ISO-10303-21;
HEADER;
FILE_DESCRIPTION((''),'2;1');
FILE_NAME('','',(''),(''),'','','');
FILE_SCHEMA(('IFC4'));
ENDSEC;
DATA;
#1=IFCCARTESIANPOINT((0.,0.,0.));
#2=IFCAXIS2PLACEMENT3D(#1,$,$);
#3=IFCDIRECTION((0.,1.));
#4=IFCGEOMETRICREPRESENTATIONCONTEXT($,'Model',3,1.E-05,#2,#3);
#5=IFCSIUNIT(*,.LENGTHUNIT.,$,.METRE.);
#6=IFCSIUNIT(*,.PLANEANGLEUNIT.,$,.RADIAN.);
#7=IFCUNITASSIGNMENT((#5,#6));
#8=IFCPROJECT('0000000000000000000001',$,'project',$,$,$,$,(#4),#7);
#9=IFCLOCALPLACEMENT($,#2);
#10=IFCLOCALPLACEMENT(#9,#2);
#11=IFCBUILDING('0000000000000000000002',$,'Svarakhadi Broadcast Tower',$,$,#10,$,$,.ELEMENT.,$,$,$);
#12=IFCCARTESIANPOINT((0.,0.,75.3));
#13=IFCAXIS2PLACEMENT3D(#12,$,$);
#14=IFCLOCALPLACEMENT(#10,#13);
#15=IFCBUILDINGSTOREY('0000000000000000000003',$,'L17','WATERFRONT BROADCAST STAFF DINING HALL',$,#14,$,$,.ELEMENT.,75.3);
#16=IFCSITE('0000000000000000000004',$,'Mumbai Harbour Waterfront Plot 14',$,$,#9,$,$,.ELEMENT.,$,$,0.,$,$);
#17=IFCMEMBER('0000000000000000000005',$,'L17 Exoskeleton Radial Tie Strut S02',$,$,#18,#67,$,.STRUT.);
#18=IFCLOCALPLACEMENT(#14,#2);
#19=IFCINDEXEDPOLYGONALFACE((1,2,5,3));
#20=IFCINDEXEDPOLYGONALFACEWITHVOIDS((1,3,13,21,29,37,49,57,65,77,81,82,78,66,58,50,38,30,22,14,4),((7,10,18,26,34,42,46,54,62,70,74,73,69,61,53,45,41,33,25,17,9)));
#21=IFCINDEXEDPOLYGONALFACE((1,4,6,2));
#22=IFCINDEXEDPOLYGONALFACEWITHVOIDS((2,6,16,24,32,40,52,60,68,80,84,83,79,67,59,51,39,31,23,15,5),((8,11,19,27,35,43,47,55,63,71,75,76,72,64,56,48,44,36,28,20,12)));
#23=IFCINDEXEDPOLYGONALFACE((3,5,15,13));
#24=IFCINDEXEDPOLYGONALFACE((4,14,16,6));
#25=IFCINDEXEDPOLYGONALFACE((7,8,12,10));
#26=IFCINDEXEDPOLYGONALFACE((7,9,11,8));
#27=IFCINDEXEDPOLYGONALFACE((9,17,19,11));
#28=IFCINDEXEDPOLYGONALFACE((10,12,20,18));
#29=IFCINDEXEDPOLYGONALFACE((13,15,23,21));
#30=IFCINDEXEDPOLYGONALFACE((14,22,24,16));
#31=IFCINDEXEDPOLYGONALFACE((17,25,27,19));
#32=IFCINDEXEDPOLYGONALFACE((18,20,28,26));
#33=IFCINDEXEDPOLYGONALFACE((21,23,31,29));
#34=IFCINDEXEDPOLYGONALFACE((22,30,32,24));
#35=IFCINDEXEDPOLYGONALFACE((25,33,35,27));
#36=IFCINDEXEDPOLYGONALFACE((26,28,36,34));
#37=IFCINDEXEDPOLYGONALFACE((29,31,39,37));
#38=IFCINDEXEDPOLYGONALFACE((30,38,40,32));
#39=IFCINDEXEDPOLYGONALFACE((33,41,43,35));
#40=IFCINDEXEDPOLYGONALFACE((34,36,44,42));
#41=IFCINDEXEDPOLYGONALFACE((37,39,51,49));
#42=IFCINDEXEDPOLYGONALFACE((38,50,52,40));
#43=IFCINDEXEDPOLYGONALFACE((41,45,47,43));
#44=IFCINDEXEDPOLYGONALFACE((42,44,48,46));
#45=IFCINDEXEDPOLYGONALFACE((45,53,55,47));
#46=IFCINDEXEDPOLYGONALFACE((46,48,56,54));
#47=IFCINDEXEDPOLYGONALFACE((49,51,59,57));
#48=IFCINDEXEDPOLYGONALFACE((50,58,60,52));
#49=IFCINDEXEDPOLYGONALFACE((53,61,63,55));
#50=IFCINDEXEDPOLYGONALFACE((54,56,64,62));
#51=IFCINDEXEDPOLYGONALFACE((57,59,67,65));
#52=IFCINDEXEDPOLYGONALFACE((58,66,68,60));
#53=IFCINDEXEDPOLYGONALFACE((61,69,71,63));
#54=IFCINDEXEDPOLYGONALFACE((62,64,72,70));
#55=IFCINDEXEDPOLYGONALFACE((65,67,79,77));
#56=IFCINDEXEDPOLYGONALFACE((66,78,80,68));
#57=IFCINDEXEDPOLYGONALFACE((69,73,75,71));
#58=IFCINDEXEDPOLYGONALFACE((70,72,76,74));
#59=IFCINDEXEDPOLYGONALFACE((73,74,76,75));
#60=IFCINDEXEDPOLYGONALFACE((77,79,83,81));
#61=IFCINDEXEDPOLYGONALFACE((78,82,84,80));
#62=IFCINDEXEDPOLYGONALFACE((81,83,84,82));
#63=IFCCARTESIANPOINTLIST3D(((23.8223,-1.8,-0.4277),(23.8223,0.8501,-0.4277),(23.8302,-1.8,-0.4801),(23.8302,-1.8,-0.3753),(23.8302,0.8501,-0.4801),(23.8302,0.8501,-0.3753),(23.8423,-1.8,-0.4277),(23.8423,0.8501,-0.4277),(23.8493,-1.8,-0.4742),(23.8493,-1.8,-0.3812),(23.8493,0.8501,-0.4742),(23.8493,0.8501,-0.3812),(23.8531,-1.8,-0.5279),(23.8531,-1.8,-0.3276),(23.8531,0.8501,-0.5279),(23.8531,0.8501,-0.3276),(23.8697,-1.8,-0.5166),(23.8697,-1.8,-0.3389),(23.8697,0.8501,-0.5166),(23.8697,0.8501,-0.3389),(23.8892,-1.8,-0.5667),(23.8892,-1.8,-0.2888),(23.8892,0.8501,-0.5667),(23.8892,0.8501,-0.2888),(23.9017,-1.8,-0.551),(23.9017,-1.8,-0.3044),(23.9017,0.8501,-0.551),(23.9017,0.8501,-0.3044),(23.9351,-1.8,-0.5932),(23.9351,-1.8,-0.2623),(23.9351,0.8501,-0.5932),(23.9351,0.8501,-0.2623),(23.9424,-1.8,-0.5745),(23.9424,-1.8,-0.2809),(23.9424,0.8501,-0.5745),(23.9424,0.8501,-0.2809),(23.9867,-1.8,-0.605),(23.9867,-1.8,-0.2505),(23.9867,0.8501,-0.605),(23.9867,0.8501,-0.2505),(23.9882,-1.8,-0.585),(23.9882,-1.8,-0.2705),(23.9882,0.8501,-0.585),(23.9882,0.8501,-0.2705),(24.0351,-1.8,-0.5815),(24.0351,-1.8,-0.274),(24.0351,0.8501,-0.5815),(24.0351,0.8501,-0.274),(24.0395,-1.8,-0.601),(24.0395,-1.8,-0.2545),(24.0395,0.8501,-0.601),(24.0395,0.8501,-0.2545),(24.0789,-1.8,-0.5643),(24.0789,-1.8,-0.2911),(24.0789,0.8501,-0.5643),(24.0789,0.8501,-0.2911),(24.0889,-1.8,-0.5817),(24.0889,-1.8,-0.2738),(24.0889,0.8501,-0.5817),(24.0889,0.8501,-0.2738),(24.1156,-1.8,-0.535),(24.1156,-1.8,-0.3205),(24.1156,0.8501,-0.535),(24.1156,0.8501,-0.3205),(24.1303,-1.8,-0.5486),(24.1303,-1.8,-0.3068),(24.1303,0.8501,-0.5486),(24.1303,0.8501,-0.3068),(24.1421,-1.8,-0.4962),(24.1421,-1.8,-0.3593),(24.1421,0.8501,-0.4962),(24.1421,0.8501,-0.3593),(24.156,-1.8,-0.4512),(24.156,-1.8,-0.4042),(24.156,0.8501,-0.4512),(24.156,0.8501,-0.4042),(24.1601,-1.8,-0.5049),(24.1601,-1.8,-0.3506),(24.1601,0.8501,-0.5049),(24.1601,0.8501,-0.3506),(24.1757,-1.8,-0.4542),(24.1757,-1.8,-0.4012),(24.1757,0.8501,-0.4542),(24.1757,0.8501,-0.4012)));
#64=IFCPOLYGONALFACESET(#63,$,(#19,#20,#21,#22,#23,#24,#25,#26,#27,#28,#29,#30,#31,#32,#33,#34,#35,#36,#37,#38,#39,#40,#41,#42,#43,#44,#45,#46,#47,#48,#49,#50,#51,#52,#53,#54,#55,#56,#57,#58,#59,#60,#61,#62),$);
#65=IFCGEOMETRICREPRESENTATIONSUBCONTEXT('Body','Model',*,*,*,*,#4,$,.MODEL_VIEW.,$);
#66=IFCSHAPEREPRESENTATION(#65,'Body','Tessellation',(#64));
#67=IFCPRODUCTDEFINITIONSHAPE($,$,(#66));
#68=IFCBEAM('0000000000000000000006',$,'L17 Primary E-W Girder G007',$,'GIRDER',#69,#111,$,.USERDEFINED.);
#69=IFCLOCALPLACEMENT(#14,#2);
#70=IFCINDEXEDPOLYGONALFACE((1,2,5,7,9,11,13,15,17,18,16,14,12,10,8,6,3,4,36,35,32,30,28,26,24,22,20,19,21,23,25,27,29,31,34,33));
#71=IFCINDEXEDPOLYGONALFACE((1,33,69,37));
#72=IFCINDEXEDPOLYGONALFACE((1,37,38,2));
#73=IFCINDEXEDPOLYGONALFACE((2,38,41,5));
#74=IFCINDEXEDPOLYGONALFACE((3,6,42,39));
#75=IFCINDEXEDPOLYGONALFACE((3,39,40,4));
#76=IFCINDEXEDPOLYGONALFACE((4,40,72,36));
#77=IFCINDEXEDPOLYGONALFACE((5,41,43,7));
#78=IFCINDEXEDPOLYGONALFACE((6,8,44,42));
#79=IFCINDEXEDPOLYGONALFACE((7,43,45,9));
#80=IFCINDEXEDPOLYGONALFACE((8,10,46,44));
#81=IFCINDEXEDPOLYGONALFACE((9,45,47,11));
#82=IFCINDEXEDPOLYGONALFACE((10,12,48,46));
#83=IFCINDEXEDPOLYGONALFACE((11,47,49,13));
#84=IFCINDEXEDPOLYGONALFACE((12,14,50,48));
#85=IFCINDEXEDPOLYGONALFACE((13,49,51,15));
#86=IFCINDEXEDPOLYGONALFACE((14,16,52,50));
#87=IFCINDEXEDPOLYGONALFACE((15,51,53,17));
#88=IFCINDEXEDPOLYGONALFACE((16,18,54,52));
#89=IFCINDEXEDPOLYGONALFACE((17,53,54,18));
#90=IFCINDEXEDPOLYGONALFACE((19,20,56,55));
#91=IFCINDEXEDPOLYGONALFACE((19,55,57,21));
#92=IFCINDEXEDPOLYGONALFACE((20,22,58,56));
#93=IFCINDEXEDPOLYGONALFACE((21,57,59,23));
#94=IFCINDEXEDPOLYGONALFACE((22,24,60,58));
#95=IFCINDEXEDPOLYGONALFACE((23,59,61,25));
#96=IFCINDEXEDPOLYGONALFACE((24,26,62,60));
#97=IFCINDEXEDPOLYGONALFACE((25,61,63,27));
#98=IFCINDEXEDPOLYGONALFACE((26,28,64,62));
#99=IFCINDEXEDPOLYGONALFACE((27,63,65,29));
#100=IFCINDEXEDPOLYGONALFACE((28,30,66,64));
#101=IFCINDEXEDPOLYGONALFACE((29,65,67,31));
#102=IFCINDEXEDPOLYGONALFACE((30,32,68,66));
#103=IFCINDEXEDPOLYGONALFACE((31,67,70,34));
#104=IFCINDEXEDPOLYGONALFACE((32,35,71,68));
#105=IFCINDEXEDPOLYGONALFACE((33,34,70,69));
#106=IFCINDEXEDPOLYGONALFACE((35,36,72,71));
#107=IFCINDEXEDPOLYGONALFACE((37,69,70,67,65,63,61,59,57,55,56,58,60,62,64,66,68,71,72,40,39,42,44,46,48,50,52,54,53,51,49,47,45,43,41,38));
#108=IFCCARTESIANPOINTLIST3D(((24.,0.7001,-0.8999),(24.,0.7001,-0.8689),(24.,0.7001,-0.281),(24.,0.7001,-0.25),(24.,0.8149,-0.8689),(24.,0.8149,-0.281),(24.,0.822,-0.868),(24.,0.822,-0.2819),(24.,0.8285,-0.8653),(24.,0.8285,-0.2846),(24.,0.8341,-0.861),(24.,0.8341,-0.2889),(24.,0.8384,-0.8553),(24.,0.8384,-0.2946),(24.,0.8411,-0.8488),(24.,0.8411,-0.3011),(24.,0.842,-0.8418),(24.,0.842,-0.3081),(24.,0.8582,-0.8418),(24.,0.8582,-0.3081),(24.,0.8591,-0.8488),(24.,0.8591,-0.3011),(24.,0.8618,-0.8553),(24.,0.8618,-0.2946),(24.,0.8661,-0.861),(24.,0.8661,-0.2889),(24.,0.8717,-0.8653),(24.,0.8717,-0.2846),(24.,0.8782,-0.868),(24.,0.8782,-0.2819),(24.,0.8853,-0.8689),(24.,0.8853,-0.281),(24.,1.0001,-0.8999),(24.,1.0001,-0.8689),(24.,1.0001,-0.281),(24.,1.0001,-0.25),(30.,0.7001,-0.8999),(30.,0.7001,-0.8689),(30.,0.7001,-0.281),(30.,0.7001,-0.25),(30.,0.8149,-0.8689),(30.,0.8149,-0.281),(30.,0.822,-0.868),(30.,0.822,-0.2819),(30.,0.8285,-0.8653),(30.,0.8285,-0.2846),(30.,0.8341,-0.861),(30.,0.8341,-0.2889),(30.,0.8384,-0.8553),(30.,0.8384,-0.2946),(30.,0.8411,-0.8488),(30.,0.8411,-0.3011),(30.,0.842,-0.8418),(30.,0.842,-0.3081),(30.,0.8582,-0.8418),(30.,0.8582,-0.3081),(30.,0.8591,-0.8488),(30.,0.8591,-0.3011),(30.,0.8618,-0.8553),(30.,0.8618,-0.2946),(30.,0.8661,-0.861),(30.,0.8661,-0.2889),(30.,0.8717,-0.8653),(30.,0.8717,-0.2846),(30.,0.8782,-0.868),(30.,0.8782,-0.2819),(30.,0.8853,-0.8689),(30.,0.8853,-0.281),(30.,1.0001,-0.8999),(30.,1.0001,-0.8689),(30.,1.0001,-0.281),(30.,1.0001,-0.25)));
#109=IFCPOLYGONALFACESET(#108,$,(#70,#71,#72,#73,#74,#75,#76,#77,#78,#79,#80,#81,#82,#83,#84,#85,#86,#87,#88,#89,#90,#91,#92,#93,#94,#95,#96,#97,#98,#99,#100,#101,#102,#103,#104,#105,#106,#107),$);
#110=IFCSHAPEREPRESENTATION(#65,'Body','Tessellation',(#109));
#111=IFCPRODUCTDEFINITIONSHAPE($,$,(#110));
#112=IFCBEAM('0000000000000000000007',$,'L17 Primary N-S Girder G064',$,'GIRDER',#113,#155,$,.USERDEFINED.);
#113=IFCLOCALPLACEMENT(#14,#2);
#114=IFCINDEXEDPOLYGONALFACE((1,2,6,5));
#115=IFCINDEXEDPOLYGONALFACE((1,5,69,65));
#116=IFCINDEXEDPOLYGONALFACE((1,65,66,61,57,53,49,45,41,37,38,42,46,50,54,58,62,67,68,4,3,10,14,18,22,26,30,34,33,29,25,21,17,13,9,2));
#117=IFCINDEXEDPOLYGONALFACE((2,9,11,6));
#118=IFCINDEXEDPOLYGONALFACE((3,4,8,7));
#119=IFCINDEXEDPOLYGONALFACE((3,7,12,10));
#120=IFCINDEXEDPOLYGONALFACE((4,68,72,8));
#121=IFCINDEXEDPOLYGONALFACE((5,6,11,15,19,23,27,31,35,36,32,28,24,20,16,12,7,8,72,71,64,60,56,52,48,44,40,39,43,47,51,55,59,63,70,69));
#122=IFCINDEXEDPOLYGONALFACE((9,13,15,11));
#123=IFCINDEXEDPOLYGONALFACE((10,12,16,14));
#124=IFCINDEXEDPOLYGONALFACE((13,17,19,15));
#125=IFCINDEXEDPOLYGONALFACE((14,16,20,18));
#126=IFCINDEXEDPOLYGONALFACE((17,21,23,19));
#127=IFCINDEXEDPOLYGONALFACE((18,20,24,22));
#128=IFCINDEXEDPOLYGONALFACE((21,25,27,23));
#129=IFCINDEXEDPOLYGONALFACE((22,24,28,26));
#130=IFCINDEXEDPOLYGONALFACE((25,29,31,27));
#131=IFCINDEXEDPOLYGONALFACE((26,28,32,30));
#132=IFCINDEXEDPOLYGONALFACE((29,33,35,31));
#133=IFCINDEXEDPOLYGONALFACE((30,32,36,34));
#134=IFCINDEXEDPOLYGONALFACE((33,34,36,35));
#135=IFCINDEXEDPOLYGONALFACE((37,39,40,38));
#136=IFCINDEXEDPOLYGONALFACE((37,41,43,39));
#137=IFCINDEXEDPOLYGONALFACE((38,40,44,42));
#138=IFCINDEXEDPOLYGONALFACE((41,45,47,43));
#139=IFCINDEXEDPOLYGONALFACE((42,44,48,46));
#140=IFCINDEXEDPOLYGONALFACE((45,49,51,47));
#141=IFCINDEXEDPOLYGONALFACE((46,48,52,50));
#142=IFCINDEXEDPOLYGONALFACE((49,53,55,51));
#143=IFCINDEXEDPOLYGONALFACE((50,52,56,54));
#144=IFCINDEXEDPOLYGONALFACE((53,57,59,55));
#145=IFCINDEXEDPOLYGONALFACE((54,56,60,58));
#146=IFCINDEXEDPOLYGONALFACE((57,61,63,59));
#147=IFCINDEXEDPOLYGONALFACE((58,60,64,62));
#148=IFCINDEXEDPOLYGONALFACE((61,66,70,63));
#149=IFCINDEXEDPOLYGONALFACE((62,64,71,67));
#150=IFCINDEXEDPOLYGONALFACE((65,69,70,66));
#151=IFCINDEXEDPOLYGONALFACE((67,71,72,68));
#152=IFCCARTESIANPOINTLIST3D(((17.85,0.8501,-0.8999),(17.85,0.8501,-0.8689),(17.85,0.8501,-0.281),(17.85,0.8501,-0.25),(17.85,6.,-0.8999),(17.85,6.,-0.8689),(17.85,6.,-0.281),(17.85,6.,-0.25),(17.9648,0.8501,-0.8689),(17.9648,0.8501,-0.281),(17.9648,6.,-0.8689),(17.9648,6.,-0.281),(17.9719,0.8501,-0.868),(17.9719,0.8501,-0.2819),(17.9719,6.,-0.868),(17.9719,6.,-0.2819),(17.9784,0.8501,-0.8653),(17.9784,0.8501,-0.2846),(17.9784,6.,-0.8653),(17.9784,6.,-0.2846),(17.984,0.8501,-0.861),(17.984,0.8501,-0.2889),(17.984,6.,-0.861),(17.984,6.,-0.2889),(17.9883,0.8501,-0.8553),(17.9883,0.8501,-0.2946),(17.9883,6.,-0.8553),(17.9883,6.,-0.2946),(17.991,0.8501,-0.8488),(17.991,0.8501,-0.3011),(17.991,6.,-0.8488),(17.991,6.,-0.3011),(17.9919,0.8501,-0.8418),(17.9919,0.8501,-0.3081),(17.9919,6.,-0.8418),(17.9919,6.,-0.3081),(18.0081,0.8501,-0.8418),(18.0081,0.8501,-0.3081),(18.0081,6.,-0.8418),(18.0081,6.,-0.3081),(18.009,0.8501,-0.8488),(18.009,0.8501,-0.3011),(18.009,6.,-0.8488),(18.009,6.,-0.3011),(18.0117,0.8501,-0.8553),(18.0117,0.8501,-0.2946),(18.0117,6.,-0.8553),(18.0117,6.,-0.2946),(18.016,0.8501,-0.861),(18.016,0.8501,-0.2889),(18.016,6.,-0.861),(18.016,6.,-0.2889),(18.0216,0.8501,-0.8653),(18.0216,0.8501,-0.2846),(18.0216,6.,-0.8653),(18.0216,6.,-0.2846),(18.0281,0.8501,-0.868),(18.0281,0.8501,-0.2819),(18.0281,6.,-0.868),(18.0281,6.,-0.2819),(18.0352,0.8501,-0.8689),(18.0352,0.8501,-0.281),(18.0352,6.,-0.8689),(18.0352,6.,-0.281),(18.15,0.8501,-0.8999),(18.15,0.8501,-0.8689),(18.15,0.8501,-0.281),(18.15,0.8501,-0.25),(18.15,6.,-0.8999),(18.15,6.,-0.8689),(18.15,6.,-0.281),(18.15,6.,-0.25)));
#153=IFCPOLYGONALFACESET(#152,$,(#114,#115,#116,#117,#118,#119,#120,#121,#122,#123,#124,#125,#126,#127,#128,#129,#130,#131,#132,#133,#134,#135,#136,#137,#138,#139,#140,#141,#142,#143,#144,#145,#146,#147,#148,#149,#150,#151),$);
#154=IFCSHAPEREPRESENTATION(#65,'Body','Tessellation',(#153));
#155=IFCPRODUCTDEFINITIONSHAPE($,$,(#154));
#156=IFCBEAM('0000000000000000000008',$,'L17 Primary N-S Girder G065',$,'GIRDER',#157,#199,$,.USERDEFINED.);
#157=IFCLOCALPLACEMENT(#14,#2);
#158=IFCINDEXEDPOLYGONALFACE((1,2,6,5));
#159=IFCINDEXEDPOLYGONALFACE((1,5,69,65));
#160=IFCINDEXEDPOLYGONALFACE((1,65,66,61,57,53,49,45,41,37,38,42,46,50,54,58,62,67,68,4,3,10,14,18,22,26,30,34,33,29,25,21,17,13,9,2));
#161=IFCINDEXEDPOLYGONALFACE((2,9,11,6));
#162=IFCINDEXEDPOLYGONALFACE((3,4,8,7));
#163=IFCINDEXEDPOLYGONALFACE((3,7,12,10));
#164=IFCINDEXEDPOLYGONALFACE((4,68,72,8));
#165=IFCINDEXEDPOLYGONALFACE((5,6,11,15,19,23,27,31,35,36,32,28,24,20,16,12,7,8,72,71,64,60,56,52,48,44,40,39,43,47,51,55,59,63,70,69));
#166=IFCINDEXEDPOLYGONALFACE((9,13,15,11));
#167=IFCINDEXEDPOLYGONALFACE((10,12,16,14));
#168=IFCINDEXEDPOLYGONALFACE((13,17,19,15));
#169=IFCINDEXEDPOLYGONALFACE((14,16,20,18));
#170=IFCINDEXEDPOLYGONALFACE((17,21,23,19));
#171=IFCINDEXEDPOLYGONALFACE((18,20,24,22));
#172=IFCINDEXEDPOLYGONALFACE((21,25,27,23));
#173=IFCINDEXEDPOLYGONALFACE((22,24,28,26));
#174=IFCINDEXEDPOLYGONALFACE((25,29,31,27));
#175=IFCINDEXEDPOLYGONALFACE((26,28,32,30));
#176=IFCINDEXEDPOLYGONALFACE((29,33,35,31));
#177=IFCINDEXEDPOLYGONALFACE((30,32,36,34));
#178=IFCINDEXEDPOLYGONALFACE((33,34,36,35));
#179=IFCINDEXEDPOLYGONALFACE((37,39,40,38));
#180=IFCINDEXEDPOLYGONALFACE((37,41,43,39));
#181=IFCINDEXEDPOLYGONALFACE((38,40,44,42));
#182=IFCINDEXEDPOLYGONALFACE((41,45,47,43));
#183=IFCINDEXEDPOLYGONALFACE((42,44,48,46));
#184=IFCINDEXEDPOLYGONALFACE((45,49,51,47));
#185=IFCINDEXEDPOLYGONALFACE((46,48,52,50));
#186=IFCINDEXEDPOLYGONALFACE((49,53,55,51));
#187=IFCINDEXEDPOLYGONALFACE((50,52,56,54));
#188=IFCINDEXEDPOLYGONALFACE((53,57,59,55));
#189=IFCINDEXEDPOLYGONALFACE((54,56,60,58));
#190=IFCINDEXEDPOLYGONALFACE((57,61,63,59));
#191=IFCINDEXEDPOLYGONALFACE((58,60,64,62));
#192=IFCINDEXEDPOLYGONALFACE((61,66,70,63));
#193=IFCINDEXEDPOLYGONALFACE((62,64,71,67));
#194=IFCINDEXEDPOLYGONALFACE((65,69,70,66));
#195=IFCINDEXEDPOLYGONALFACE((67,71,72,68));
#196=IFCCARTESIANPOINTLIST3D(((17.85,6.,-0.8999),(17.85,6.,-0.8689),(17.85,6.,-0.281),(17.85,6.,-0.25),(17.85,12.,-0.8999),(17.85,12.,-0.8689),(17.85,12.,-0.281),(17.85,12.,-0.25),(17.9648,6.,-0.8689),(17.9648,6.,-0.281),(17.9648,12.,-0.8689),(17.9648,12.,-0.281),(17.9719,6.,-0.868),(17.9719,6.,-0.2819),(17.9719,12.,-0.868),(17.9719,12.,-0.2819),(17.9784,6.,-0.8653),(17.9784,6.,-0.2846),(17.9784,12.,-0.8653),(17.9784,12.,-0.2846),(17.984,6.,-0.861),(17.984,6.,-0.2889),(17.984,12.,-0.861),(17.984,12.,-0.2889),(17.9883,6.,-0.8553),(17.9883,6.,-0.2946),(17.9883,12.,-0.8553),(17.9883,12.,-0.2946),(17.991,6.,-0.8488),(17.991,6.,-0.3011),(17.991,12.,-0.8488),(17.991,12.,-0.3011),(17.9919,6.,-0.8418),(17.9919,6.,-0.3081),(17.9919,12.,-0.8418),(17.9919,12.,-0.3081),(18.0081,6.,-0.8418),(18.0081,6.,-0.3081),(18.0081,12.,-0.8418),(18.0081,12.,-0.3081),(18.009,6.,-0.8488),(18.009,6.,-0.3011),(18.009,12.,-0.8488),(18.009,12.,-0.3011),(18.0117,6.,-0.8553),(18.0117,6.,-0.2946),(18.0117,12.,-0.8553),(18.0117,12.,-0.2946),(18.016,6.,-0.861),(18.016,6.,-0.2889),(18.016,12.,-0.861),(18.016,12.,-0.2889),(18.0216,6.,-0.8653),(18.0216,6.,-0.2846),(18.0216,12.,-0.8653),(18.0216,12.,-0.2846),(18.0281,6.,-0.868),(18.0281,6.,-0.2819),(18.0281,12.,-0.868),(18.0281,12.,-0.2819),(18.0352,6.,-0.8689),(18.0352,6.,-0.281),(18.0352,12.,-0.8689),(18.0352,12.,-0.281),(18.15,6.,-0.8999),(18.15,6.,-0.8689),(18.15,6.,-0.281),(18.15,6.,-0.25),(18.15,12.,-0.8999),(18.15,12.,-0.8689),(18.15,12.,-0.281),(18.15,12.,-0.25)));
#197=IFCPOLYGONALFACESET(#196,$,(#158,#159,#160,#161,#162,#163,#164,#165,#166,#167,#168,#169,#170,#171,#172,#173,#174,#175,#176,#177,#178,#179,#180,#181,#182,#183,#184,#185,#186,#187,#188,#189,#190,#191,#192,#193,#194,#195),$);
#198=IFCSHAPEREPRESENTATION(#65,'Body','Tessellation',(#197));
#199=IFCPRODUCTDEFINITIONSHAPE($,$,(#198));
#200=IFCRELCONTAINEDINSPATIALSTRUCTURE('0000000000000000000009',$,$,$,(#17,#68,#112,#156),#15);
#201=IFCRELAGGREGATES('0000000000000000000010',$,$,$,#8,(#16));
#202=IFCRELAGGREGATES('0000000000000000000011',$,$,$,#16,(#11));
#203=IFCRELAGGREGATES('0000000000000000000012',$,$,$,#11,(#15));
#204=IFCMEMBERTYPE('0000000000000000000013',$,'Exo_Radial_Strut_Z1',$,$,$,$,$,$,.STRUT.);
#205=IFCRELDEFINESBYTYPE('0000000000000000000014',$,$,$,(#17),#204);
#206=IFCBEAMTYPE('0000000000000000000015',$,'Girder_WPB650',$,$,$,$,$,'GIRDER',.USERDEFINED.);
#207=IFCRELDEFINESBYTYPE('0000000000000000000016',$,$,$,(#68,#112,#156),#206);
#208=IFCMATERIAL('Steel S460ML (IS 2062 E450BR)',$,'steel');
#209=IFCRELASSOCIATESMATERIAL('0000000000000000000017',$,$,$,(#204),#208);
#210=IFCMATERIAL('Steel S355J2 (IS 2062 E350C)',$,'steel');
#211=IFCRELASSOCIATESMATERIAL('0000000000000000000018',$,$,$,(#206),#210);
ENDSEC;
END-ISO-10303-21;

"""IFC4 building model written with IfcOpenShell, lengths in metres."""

from ifc_helpers import new_model, si_unit, direction, frame, origin, origin_2d, place, context, subcontext, project, spatial, hollow_circle, i_section, extrude, material, material_profile, profile_set, type_object, element, save


model = new_model("IFC4")

# Units and contexts
model_context = context("Model", 3, precision=1e-05, world=origin(), true_north=direction((0.0, 1.0)))
body_context = subcontext(model_context, "Body", "Model", "MODEL_VIEW")
ifc_project = project(units=[si_unit("LENGTHUNIT", "METRE"), si_unit("PLANEANGLEUNIT", "RADIAN")], contexts=[model_context])

# Site, building, storey
site_placement = place(None, origin())
site = spatial("IfcSite", under=ifc_project, at=site_placement, Name="Mumbai Harbour Waterfront Plot 14", CompositionType="ELEMENT", RefElevation=0.0)
building_placement = place(site_placement, origin())
building = spatial("IfcBuilding", under=site, at=building_placement, Name="Svarakhadi Broadcast Tower", CompositionType="ELEMENT")
storey_placement = place(building_placement, frame((0.0, 0.0, 75.3)))
storey = spatial("IfcBuildingStorey", under=building, at=storey_placement, Name="L17", Description="WATERFRONT BROADCAST STAFF DINING HALL", CompositionType="ELEMENT", Elevation=75.3)

# Shared definitions
ifc_material_1 = material(Name="Steel S355J2 (IS 2062 E350C)", Category="steel")

# Member
ifc_material_2 = material(Name="Steel S460ML (IS 2062 E450BR)", Category="steel")
ifc_material_profile_1 = material_profile(ifc_material_2, hollow_circle(Radius=0.1777, WallThickness=0.02, at=origin_2d()), Name="CHS 355.6x20")
ifc_profile_set_1 = profile_set([ifc_material_profile_1], Name="Steel S460ML (IS 2062 E450BR)")
member_type_1 = type_object("IfcMemberType", Name="Exo_Radial_Strut_Z1", PredefinedType="STRUT", material=ifc_profile_set_1)
member_1_placement = place(storey_placement, frame((24.0, -1.8, -0.4277), z_axis=(0.0, 1.0, 0.0), x_axis=(-1.0, 0.0, 0.0)))
element("IfcMember", 1, at=member_1_placement, inside=storey, type_object=member_type_1, Name="L17 Exoskeleton Radial Tie Strut S02", PredefinedType="STRUT", context=body_context, shape_type="SweptSolid", body=[
    extrude(hollow_circle(Radius=0.1777, WallThickness=0.02, at=origin_2d()), origin(), (0.0, 0.0, 1.0), 2.6501),
])

# Beams
ifc_material_profile_2 = material_profile(ifc_material_1, i_section(OverallWidth=0.3, OverallDepth=0.6499, WebThickness=0.0161, FlangeThickness=0.031, FilletRadius=0.0271, at=origin_2d()), Name="WPB 650x300x225")
ifc_profile_set_2 = profile_set([ifc_material_profile_2], Name="Steel S355J2 (IS 2062 E350C)")
beam_type_1 = type_object("IfcBeamType", Name="Girder_WPB650", ElementType="GIRDER", PredefinedType="USERDEFINED", material=ifc_profile_set_2)
beam_1_placement = place(storey_placement, frame((24.0, 0.8501, -0.575), z_axis=(1.0, 0.0, 0.0), x_axis=(0.0, 1.0, 0.0)))
element("IfcBeam", 2, at=beam_1_placement, inside=storey, type_object=beam_type_1, Name="L17 Primary E-W Girder G007", ObjectType="GIRDER", PredefinedType="USERDEFINED", context=body_context, shape_type="SweptSolid", body=[
    extrude(i_section(OverallWidth=0.3, OverallDepth=0.6499, WebThickness=0.0161, FlangeThickness=0.031, FilletRadius=0.0271, at=origin_2d()), origin(), (0.0, 0.0, 1.0), 6.0),
])
beam_2_placement = place(storey_placement, frame((18.0, 0.8501, -0.575), z_axis=(0.0, 1.0, 0.0), x_axis=(-1.0, 0.0, 0.0)))
element("IfcBeam", 3, at=beam_2_placement, inside=storey, type_object=beam_type_1, Name="L17 Primary N-S Girder G064", ObjectType="GIRDER", PredefinedType="USERDEFINED", context=body_context, shape_type="SweptSolid", body=[
    extrude(i_section(OverallWidth=0.3, OverallDepth=0.6499, WebThickness=0.0161, FlangeThickness=0.031, FilletRadius=0.0271, at=origin_2d()), origin(), (0.0, 0.0, 1.0), 5.1499),
])
for number, where, z_axis, x_axis, name in (
    (4, (18.0, 6.0, -0.575), (0.0, 1.0, 0.0), (-1.0, 0.0, 0.0), "L17 Primary N-S Girder G065"),
):
    element("IfcBeam", number, at=place(storey_placement, frame(where, z_axis=z_axis, x_axis=x_axis)), inside=storey, type_object=beam_type_1, Name=name, ObjectType="GIRDER", PredefinedType="USERDEFINED", context=body_context, shape_type="SweptSolid", body=[
        extrude(i_section(OverallWidth=0.3, OverallDepth=0.6499, WebThickness=0.0161, FlangeThickness=0.031, FilletRadius=0.0271, at=origin_2d()), origin(), (0.0, 0.0, 1.0), 6.0),
    ])

save(model, "model.ifc")
